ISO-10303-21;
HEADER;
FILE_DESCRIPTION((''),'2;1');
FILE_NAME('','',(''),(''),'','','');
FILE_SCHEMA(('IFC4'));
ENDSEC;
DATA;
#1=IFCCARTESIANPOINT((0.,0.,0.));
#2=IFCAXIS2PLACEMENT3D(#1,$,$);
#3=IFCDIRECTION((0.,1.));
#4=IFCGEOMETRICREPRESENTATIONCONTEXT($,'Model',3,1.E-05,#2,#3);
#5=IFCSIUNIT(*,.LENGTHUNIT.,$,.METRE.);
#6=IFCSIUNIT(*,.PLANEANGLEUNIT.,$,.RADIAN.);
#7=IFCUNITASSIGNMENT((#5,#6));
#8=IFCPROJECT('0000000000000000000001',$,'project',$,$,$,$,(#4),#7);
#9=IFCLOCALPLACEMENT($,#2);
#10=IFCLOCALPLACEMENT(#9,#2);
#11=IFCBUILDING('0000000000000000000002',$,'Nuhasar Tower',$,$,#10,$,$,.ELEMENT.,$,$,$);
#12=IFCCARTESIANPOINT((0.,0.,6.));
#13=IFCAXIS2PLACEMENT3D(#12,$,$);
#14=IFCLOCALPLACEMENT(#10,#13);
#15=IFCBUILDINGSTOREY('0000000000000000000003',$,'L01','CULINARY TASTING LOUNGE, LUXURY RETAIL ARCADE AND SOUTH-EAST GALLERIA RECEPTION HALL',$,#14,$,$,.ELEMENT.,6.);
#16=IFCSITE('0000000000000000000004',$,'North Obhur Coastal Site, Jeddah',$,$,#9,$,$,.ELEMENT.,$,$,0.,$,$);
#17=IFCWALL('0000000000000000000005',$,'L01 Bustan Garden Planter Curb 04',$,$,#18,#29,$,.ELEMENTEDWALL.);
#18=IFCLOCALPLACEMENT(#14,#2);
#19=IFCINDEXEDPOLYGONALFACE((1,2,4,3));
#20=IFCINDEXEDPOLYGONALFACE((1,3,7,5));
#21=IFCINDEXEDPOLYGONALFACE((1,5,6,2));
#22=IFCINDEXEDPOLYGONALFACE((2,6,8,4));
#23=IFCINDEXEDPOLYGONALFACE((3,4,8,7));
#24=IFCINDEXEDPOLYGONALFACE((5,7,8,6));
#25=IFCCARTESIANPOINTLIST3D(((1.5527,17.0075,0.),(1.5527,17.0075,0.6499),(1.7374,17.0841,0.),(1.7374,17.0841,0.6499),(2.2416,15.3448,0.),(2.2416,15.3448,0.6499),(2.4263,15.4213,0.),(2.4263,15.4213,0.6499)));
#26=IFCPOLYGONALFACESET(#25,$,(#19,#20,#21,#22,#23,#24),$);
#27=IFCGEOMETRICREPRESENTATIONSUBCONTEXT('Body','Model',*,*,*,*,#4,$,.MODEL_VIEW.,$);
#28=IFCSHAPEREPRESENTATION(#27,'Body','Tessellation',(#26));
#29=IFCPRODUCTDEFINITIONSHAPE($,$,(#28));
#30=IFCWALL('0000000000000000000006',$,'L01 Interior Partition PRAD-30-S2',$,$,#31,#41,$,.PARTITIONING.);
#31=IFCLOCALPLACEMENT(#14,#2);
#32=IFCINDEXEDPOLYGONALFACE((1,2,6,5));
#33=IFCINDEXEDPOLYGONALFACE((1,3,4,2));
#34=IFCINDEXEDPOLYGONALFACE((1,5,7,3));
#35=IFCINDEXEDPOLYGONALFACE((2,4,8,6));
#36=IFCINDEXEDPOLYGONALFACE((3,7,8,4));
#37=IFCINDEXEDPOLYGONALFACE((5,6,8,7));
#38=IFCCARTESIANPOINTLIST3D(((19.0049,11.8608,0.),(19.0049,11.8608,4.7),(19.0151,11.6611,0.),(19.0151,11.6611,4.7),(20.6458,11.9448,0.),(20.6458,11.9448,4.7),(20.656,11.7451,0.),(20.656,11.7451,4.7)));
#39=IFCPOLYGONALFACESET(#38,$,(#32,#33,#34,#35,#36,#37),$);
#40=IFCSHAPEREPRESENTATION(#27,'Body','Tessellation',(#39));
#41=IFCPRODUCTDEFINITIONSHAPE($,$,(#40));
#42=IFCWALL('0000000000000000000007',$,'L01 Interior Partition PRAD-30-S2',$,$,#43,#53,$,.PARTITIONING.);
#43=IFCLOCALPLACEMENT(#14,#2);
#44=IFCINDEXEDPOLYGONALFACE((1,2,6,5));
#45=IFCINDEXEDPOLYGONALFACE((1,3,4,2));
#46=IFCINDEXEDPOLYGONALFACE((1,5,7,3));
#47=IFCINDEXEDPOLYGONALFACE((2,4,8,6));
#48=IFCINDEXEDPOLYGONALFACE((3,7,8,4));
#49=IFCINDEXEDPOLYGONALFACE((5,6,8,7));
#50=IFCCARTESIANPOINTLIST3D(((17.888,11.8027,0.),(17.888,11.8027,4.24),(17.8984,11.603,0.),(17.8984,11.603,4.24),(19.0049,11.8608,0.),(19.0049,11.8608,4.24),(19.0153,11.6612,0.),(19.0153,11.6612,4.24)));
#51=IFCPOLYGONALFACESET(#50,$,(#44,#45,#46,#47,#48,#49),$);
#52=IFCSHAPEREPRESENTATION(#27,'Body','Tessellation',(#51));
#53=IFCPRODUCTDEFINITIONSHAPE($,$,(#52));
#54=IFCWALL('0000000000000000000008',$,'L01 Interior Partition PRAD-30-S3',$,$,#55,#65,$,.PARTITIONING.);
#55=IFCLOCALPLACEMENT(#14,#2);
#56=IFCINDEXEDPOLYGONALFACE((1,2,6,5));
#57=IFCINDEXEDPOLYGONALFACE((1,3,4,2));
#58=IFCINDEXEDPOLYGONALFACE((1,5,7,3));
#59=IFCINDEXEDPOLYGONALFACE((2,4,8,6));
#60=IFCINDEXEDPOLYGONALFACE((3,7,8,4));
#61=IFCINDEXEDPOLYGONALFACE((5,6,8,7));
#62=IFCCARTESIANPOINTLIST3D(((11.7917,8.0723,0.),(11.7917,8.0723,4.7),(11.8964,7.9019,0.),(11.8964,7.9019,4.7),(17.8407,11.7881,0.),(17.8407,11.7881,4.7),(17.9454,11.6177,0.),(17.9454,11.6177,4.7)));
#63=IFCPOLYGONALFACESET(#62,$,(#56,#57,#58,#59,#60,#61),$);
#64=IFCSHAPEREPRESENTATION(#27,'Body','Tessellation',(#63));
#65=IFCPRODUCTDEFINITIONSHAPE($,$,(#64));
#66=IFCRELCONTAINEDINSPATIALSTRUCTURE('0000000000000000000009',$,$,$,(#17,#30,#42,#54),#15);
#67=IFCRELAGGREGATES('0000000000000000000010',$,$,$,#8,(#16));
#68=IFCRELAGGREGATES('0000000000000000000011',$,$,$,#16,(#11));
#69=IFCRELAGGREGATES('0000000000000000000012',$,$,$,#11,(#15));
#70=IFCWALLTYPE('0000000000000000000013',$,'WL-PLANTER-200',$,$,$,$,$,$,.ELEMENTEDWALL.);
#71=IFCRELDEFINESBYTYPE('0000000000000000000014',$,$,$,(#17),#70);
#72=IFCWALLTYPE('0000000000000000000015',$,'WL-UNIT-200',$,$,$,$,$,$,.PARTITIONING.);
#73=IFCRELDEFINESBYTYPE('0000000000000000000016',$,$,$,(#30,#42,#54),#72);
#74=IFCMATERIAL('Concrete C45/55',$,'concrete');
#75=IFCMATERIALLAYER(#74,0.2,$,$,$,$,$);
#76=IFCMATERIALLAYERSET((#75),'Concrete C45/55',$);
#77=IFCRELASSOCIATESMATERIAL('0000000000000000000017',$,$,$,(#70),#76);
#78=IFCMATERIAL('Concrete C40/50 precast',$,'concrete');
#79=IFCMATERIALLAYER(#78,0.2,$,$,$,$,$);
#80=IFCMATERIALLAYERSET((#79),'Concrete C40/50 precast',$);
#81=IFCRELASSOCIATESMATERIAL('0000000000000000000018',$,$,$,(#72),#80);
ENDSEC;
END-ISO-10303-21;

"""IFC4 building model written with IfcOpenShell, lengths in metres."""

from ifc_helpers import new_model, si_unit, direction, frame, frame_2d, origin, place, context, subcontext, project, spatial, rectangle, extrude, material, layer, layer_set, type_object, element, save


model = new_model("IFC4")

# Units and contexts
model_context = context("Model", 3, precision=1e-05, world=origin(), true_north=direction((0.0, 1.0)))
body_context = subcontext(model_context, "Body", "Model", "MODEL_VIEW")
ifc_project = project(units=[si_unit("LENGTHUNIT", "METRE"), si_unit("PLANEANGLEUNIT", "RADIAN")], contexts=[model_context])

# Site, building, storey
site_placement = place(None, origin())
site = spatial("IfcSite", under=ifc_project, at=site_placement, Name="North Obhur Coastal Site, Jeddah", CompositionType="ELEMENT", RefElevation=0.0)
building_placement = place(site_placement, origin())
building = spatial("IfcBuilding", under=site, at=building_placement, Name="Nuhasar Tower", CompositionType="ELEMENT")
storey_placement = place(building_placement, frame((0.0, 0.0, 6.0)))
storey = spatial("IfcBuildingStorey", under=building, at=storey_placement, Name="L01", Description="CULINARY TASTING LOUNGE, LUXURY RETAIL ARCADE AND SOUTH-EAST GALLERIA RECEPTION HALL", CompositionType="ELEMENT", Elevation=6.0)

# Shared definitions
ifc_material_1 = material(Name="Concrete C45/55", Category="concrete")

# Walls
ifc_layer_1 = layer(ifc_material_1, 0.2)
ifc_layer_set_1 = layer_set([ifc_layer_1], Name="Concrete C45/55")
wall_type_1 = type_object("IfcWallType", Name="WL-PLANTER-200", PredefinedType="ELEMENTEDWALL", material=ifc_layer_set_1)
wall_1_placement = place(storey_placement, frame((2.334, 15.3831, 0.0), z_axis=(0.0, 0.0, 1.0), x_axis=(-0.382775, 0.923842, 0.0)))
element("IfcWall", 1, at=wall_1_placement, inside=storey, type_object=wall_type_1, Name="L01 Bustan Garden Planter Curb 04", PredefinedType="ELEMENTEDWALL", context=body_context, shape_type="SweptSolid", body=[
    extrude(rectangle(XDim=1.7998, YDim=0.2, at=frame_2d((0.8999, 0.0))), origin(), (0.0, 0.0, 1.0), 0.6499),
])
ifc_material_2 = material(Name="Concrete C40/50 precast", Category="concrete")
ifc_layer_2 = layer(ifc_material_2, 0.2)
ifc_layer_set_2 = layer_set([ifc_layer_2], Name="Concrete C40/50 precast")
wall_type_2 = type_object("IfcWallType", Name="WL-UNIT-200", PredefinedType="PARTITIONING", material=ifc_layer_set_2)
wall_2_placement = place(storey_placement, frame((20.6509, 11.845, 0.0), z_axis=(0.0, 0.0, 1.0), x_axis=(-0.998693, -0.051116, 0.0)))
element("IfcWall", 2, at=wall_2_placement, inside=storey, type_object=wall_type_2, Name="L01 Interior Partition PRAD-30-S2", PredefinedType="PARTITIONING", context=body_context, shape_type="SweptSolid", body=[
    extrude(rectangle(XDim=1.6431, YDim=0.2, at=frame_2d((0.8215, 0.0))), origin(), (0.0, 0.0, 1.0), 4.7),
])
wall_3_placement = place(storey_placement, frame((19.01, 11.761, 0.0), z_axis=(0.0, 0.0, 1.0), x_axis=(-0.99865, -0.051952, 0.0)))
element("IfcWall", 3, at=wall_3_placement, inside=storey, type_object=wall_type_2, Name="L01 Interior Partition PRAD-30-S2", PredefinedType="PARTITIONING", context=body_context, shape_type="SweptSolid", body=[
    extrude(rectangle(XDim=1.1184, YDim=0.2, at=frame_2d((0.5591, 0.0))), origin(), (0.0, 0.0, 1.0), 4.24),
])
wall_4_placement = place(storey_placement, frame((17.8931, 11.7029, 0.0), z_axis=(0.0, 0.0, 1.0), x_axis=(-0.852078, -0.523414, 0.0)))
element("IfcWall", 4, at=wall_4_placement, inside=storey, type_object=wall_type_2, Name="L01 Interior Partition PRAD-30-S3", PredefinedType="PARTITIONING", context=body_context, shape_type="SweptSolid", body=[
    extrude(rectangle(XDim=7.0991, YDim=0.2, at=frame_2d((3.5496, 0.0))), origin(), (0.0, 0.0, 1.0), 4.7),
])

save(model, "model.ifc")
